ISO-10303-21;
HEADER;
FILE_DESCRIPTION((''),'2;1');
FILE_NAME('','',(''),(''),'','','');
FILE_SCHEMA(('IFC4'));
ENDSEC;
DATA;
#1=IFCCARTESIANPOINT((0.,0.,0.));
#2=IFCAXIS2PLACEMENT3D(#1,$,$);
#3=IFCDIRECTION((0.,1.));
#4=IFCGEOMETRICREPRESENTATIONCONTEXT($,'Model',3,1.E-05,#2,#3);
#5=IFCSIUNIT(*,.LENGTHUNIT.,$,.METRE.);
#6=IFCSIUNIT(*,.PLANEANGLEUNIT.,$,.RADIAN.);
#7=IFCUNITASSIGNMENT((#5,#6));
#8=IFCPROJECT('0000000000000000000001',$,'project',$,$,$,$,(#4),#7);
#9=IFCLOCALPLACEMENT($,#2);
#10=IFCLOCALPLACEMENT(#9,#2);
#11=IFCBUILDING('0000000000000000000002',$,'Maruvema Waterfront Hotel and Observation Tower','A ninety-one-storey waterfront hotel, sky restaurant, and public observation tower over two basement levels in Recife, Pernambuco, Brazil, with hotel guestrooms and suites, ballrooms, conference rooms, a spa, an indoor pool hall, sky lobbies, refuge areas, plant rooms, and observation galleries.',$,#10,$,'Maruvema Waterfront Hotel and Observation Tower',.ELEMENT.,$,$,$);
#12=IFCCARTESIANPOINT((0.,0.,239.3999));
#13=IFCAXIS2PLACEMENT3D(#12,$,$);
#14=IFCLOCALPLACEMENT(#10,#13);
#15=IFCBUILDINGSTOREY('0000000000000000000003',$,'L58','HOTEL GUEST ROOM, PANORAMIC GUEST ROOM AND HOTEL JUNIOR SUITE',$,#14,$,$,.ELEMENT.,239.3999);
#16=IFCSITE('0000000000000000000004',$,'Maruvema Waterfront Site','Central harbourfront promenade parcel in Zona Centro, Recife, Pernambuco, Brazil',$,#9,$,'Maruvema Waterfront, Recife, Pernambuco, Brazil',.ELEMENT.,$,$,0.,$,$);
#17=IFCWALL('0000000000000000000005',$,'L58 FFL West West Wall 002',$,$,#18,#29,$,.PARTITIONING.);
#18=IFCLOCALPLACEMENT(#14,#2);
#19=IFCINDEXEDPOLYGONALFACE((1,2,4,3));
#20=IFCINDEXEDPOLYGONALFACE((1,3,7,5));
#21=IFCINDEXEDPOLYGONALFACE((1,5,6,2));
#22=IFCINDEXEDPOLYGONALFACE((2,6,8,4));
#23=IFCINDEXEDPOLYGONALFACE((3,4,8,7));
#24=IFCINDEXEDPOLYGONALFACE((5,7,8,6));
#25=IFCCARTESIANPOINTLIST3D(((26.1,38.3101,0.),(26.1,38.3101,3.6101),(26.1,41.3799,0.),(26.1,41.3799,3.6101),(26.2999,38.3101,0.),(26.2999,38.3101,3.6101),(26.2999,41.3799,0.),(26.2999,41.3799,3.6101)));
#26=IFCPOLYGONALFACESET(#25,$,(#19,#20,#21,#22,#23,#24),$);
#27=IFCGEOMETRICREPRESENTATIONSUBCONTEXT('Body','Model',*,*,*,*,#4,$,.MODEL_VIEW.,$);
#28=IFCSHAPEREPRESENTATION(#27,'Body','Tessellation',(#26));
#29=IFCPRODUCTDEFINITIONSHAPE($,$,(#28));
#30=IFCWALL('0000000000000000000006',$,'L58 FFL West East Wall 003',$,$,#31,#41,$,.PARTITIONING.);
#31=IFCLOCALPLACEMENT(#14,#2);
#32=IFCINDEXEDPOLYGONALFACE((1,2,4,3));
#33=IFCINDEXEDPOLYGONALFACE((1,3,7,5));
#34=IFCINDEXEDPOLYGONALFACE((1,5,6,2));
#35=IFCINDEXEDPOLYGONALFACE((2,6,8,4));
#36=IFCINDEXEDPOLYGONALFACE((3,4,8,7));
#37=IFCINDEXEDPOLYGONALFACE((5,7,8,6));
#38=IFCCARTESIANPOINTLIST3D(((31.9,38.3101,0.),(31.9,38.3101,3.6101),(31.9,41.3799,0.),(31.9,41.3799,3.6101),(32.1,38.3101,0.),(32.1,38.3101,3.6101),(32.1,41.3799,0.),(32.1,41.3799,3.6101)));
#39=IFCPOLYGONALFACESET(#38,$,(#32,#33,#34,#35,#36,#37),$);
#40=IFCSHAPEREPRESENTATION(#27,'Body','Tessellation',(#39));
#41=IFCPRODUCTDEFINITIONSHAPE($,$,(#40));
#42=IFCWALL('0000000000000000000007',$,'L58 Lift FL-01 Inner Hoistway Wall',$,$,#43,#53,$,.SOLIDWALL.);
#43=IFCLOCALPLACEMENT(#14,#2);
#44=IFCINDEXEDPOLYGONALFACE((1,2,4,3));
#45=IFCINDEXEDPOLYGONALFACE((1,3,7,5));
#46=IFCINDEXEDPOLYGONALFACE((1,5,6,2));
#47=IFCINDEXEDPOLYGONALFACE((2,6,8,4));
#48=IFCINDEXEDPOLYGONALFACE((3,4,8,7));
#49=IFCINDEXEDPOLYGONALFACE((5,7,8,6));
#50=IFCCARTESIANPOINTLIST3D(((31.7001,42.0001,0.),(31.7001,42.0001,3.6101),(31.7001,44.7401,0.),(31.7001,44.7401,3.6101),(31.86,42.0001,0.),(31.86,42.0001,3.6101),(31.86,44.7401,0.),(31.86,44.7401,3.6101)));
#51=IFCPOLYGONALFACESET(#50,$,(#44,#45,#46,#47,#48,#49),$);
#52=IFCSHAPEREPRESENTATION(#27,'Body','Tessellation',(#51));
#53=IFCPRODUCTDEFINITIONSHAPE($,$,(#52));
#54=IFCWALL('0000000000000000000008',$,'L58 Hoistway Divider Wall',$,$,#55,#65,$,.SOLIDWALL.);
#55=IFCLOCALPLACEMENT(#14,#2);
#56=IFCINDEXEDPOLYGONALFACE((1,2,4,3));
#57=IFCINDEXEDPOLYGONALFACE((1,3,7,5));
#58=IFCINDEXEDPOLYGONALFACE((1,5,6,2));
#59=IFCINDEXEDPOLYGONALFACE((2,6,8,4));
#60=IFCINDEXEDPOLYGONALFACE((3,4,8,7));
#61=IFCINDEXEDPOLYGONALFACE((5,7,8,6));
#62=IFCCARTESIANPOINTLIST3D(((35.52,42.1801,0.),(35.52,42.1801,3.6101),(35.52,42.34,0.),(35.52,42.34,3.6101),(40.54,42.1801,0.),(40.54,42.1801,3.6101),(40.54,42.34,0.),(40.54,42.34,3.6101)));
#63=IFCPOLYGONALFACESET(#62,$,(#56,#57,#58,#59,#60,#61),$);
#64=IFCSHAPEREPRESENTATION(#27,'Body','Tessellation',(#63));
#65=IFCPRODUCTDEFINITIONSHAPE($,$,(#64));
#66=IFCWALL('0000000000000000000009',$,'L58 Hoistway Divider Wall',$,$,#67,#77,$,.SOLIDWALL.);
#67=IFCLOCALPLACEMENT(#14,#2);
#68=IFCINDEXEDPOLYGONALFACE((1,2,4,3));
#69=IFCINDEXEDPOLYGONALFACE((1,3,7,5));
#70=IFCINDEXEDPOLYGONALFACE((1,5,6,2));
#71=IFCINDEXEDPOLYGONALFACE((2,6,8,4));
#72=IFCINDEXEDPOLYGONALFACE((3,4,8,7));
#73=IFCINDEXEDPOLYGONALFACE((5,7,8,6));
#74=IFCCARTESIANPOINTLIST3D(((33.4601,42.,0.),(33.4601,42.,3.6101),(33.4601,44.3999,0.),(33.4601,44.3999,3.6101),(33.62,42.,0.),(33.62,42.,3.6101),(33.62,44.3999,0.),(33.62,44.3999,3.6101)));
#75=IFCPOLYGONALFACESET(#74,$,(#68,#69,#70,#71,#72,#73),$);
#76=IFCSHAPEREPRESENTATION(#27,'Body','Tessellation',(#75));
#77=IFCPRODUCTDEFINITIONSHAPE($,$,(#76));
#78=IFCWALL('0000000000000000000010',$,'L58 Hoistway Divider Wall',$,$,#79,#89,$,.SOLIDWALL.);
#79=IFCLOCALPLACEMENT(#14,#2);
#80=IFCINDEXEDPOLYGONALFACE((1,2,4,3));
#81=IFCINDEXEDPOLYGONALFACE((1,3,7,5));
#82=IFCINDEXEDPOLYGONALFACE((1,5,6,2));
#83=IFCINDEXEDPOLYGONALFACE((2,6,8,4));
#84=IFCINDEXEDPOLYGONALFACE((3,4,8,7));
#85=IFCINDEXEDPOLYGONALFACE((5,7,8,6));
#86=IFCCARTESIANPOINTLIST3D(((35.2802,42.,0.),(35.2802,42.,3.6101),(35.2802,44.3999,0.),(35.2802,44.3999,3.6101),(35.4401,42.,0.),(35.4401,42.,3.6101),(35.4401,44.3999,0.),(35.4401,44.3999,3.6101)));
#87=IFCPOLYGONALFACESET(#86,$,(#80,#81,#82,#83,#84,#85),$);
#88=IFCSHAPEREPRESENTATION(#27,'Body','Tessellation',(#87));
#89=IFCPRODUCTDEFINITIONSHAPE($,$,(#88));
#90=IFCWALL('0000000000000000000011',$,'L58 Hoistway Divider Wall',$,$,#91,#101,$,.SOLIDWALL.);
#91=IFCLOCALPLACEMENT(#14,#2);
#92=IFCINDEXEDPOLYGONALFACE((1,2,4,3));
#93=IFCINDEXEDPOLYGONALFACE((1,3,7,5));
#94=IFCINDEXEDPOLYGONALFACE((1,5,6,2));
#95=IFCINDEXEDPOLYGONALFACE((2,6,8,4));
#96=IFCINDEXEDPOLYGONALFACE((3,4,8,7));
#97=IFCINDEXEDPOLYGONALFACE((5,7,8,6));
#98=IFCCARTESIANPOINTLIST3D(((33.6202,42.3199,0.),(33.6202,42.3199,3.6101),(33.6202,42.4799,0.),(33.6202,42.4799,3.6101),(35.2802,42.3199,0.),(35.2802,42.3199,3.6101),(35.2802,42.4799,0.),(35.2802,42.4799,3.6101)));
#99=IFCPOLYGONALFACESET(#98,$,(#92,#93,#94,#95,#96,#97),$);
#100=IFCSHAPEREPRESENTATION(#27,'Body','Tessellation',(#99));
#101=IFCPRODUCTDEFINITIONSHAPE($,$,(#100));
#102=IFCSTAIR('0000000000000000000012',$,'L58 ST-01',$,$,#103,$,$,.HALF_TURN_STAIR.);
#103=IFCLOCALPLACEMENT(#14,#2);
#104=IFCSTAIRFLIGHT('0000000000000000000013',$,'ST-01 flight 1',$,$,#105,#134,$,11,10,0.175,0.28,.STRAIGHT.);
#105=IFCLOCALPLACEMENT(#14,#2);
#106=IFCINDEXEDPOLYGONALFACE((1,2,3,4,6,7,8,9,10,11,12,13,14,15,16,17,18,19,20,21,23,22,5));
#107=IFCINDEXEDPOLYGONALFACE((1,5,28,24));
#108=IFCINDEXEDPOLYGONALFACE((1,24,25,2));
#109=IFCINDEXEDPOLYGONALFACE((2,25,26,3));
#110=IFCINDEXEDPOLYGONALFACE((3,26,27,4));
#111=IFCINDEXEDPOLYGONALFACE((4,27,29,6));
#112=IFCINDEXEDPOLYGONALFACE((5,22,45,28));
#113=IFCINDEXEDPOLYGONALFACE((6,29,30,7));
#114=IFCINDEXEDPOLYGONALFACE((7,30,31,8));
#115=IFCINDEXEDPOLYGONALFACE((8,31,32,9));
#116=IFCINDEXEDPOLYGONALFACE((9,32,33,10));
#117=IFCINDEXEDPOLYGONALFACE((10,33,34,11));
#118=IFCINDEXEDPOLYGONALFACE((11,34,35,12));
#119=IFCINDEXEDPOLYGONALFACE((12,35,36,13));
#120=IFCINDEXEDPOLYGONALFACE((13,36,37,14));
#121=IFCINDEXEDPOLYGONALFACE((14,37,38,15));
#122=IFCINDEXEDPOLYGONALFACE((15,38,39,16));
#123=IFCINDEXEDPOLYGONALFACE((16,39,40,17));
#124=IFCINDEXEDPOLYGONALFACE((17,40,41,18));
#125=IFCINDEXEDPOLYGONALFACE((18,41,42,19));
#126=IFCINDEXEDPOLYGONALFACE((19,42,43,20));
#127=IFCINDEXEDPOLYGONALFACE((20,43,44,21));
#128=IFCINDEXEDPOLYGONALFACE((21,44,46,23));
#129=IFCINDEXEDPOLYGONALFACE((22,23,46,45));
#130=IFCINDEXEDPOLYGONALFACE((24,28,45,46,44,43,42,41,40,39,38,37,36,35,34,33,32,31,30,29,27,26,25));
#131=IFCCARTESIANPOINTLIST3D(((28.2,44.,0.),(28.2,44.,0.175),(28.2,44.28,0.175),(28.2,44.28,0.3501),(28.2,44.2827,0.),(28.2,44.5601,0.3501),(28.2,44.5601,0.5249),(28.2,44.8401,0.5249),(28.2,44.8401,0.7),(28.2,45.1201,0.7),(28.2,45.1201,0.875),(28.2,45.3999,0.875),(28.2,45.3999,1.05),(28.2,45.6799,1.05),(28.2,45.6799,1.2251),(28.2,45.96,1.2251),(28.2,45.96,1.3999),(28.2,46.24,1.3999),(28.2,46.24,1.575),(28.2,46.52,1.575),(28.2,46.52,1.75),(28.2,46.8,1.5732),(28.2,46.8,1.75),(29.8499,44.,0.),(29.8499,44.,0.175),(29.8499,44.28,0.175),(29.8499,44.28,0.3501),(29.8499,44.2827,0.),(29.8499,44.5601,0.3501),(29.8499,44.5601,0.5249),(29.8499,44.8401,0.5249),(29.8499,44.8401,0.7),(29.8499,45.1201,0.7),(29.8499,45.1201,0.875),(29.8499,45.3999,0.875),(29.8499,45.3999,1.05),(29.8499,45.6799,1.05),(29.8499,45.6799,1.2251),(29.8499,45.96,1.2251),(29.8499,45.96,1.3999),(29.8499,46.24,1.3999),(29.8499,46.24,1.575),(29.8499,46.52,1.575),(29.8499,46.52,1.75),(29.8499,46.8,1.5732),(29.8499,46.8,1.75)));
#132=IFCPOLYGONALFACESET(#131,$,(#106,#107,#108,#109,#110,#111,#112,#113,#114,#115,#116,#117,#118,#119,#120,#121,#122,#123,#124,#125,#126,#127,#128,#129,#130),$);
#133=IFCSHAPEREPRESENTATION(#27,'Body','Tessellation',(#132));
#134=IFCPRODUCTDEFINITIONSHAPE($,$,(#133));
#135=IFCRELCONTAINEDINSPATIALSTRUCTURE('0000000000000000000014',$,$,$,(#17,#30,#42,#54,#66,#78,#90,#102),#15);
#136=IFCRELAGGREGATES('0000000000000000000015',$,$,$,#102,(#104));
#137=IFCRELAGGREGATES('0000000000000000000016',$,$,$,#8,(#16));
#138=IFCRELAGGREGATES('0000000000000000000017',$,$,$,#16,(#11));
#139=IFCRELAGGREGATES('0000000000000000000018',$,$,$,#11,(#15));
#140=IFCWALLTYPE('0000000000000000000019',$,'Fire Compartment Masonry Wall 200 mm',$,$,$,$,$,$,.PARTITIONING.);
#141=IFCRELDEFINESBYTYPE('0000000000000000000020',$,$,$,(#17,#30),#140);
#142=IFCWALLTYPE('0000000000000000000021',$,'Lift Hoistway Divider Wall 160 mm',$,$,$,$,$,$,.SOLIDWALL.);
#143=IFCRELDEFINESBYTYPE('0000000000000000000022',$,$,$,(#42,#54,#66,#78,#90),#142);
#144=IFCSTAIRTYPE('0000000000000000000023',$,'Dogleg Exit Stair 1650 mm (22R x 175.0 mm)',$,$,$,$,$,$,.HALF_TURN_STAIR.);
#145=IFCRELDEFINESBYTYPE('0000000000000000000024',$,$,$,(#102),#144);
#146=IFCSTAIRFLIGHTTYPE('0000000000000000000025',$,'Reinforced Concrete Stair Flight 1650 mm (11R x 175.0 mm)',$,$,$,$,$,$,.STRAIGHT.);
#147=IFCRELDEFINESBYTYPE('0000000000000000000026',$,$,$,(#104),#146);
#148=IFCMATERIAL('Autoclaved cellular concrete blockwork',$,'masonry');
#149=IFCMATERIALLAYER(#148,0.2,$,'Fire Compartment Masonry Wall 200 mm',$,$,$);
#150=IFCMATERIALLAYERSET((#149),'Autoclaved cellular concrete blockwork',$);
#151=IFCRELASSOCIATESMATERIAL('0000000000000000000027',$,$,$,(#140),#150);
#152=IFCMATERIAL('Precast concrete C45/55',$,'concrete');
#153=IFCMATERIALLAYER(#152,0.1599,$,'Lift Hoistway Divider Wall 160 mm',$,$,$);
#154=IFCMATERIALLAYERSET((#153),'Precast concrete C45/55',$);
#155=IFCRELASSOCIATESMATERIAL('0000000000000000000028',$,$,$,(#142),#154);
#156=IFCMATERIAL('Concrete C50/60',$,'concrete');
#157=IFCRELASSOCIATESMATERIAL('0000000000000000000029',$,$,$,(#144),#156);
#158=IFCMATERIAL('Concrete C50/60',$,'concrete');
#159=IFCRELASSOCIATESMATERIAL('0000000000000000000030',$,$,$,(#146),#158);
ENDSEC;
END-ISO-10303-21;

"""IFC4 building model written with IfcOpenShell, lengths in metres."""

from ifc_helpers import new_model, si_unit, direction, frame, frame_2d, origin, place, context, subcontext, project, spatial, polyline, rectangle, outline, extrude, material, layer, layer_set, type_object, element, aggregate, save


model = new_model("IFC4")

# Units and contexts
model_context = context("Model", 3, precision=1e-05, world=origin(), true_north=direction((0.0, 1.0)))
body_context = subcontext(model_context, "Body", "Model", "MODEL_VIEW")
ifc_project = project(units=[si_unit("LENGTHUNIT", "METRE"), si_unit("PLANEANGLEUNIT", "RADIAN")], contexts=[model_context])

# Site, building, storey
site_placement = place(None, origin())
site = spatial("IfcSite", under=ifc_project, at=site_placement, Name="Maruvema Waterfront Site", Description="Central harbourfront promenade parcel in Zona Centro, Recife, Pernambuco, Brazil", LongName="Maruvema Waterfront, Recife, Pernambuco, Brazil", CompositionType="ELEMENT", RefElevation=0.0)
building_placement = place(site_placement, origin())
building = spatial("IfcBuilding", under=site, at=building_placement, Name="Maruvema Waterfront Hotel and Observation Tower", Description="A ninety-one-storey waterfront hotel, sky restaurant, and public observation tower over two basement levels in Recife, Pernambuco, Brazil, with hotel guestrooms and suites, ballrooms, conference rooms, a spa, an indoor pool hall, sky lobbies, refuge areas, plant rooms, and observation galleries.", LongName="Maruvema Waterfront Hotel and Observation Tower", CompositionType="ELEMENT")
storey_placement = place(building_placement, frame((0.0, 0.0, 239.3999)))
storey = spatial("IfcBuildingStorey", under=building, at=storey_placement, Name="L58", Description="HOTEL GUEST ROOM, PANORAMIC GUEST ROOM AND HOTEL JUNIOR SUITE", CompositionType="ELEMENT", Elevation=239.3999)

# Walls
ifc_material_1 = material(Name="Autoclaved cellular concrete blockwork", Category="masonry")
ifc_layer_1 = layer(ifc_material_1, 0.2, Name="Fire Compartment Masonry Wall 200 mm")
ifc_layer_set_1 = layer_set([ifc_layer_1], Name="Autoclaved cellular concrete blockwork")
wall_type_1 = type_object("IfcWallType", Name="Fire Compartment Masonry Wall 200 mm", PredefinedType="PARTITIONING", material=ifc_layer_set_1)
for number, where, z_axis, x_axis, name in (
    (1, (26.2, 38.3101, 0.0), (0.0, 0.0, 1.0), (0.0, 1.0, 0.0), "L58 FFL West West Wall 002"),
    (2, (32.0, 38.3101, 0.0), (0.0, 0.0, 1.0), (0.0, 1.0, 0.0), "L58 FFL West East Wall 003"),
):
    element("IfcWall", number, at=place(storey_placement, frame(where, z_axis=z_axis, x_axis=x_axis)), inside=storey, type_object=wall_type_1, Name=name, PredefinedType="PARTITIONING", context=body_context, shape_type="SweptSolid", body=[
        extrude(rectangle(XDim=3.0698, YDim=0.2, at=frame_2d((1.5349, 0.0))), origin(), (0.0, 0.0, 1.0), 3.6101),
    ])
ifc_material_2 = material(Name="Precast concrete C45/55", Category="concrete")
ifc_layer_2 = layer(ifc_material_2, 0.1599, Name="Lift Hoistway Divider Wall 160 mm")
ifc_layer_set_2 = layer_set([ifc_layer_2], Name="Precast concrete C45/55")
wall_type_2 = type_object("IfcWallType", Name="Lift Hoistway Divider Wall 160 mm", PredefinedType="SOLIDWALL", material=ifc_layer_set_2)
wall_1_placement = place(storey_placement, frame((31.78, 42.0, 0.0), z_axis=(0.0, 0.0, 1.0), x_axis=(0.0, 1.0, 0.0)))
element("IfcWall", 3, at=wall_1_placement, inside=storey, type_object=wall_type_2, Name="L58 Lift FL-01 Inner Hoistway Wall", PredefinedType="SOLIDWALL", context=body_context, shape_type="SweptSolid", body=[
    extrude(rectangle(XDim=2.74, YDim=0.1599, at=frame_2d((1.3701, 0.0))), origin(), (0.0, 0.0, 1.0), 3.6101),
])
wall_2_placement = place(storey_placement, frame((35.52, 42.26, 0.0), z_axis=(0.0, 0.0, 1.0), x_axis=(1.0, 0.0, 0.0)))
element("IfcWall", 4, at=wall_2_placement, inside=storey, type_object=wall_type_2, Name="L58 Hoistway Divider Wall", PredefinedType="SOLIDWALL", context=body_context, shape_type="SweptSolid", body=[
    extrude(rectangle(XDim=5.02, YDim=0.1599, at=frame_2d((2.51, 0.0))), origin(), (0.0, 0.0, 1.0), 3.6101),
])
for number, where, z_axis, x_axis, name in (
    (5, (33.54, 42.0, 0.0), (0.0, 0.0, 1.0), (0.0, 1.0, 0.0), "L58 Hoistway Divider Wall"),
    (6, (35.3601, 42.0, 0.0), (0.0, 0.0, 1.0), (0.0, 1.0, 0.0), "L58 Hoistway Divider Wall"),
):
    element("IfcWall", number, at=place(storey_placement, frame(where, z_axis=z_axis, x_axis=x_axis)), inside=storey, type_object=wall_type_2, Name=name, PredefinedType="SOLIDWALL", context=body_context, shape_type="SweptSolid", body=[
        extrude(rectangle(XDim=2.3999, YDim=0.1599, at=frame_2d((1.2, 0.0))), origin(), (0.0, 0.0, 1.0), 3.6101),
    ])
wall_3_placement = place(storey_placement, frame((33.6201, 42.3999, 0.0), z_axis=(0.0, 0.0, 1.0), x_axis=(1.0, 0.0, 0.0)))
element("IfcWall", 7, at=wall_3_placement, inside=storey, type_object=wall_type_2, Name="L58 Hoistway Divider Wall", PredefinedType="SOLIDWALL", context=body_context, shape_type="SweptSolid", body=[
    extrude(rectangle(XDim=1.6599, YDim=0.1599, at=frame_2d((0.8301, 0.0))), origin(), (0.0, 0.0, 1.0), 3.6101),
])

# Stair, stair flight
ifc_material_3 = material(Name="Concrete C50/60", Category="concrete")
stair_type = type_object("IfcStairType", Name="Dogleg Exit Stair 1650 mm (22R x 175.0 mm)", PredefinedType="HALF_TURN_STAIR", material=ifc_material_3)
stair_placement = place(storey_placement, origin())
stair = element("IfcStair", 8, at=stair_placement, inside=storey, type_object=stair_type, Name="L58 ST-01", PredefinedType="HALF_TURN_STAIR")
ifc_material_4 = material(Name="Concrete C50/60", Category="concrete")
stair_flight_type = type_object("IfcStairFlightType", Name="Reinforced Concrete Stair Flight 1650 mm (11R x 175.0 mm)", PredefinedType="STRAIGHT", material=ifc_material_4)
stair_flight_placement = place(storey_placement, frame((29.0249, 44.0, 0.0), z_axis=(0.0, 0.0, 1.0), x_axis=(0.0, 1.0, 0.0)))
stair_flight = element("IfcStairFlight", 9, at=stair_flight_placement, type_object=stair_flight_type, Name="ST-01 flight 1", NumberOfRisers=11, NumberOfTreads=10, PredefinedType="STRAIGHT", RiserHeight=0.175, TreadLength=0.28, context=body_context, shape_type="SweptSolid", body=[
    extrude(outline(polyline([(0.0, 0.0), (0.0, 0.175), (0.28, 0.175), (0.28, 0.3501), (0.5601, 0.3501), (0.5601, 0.5249), (0.8401, 0.5249), (0.8401, 0.7), (1.1201, 0.7), (1.1201, 0.875), (1.3999, 0.875), (1.3999, 1.05), (1.6799, 1.05), (1.6799, 1.2251), (1.96, 1.2251), (1.96, 1.3999), (2.24, 1.3999), (2.24, 1.575), (2.52, 1.575), (2.52, 1.75), (2.8, 1.75), (2.8, 1.925), (2.8, 1.5732), (0.2827, 0.0), (0.0, 0.0)])), frame((0.0, 0.825, 0.0), z_axis=(0.0, -1.0, 0.0), x_axis=(1.0, 0.0, 0.0)), (0.0, 0.0, 1.0), 1.6499),
])
aggregate(stair, [stair_flight])

save(model, "model.ifc")
